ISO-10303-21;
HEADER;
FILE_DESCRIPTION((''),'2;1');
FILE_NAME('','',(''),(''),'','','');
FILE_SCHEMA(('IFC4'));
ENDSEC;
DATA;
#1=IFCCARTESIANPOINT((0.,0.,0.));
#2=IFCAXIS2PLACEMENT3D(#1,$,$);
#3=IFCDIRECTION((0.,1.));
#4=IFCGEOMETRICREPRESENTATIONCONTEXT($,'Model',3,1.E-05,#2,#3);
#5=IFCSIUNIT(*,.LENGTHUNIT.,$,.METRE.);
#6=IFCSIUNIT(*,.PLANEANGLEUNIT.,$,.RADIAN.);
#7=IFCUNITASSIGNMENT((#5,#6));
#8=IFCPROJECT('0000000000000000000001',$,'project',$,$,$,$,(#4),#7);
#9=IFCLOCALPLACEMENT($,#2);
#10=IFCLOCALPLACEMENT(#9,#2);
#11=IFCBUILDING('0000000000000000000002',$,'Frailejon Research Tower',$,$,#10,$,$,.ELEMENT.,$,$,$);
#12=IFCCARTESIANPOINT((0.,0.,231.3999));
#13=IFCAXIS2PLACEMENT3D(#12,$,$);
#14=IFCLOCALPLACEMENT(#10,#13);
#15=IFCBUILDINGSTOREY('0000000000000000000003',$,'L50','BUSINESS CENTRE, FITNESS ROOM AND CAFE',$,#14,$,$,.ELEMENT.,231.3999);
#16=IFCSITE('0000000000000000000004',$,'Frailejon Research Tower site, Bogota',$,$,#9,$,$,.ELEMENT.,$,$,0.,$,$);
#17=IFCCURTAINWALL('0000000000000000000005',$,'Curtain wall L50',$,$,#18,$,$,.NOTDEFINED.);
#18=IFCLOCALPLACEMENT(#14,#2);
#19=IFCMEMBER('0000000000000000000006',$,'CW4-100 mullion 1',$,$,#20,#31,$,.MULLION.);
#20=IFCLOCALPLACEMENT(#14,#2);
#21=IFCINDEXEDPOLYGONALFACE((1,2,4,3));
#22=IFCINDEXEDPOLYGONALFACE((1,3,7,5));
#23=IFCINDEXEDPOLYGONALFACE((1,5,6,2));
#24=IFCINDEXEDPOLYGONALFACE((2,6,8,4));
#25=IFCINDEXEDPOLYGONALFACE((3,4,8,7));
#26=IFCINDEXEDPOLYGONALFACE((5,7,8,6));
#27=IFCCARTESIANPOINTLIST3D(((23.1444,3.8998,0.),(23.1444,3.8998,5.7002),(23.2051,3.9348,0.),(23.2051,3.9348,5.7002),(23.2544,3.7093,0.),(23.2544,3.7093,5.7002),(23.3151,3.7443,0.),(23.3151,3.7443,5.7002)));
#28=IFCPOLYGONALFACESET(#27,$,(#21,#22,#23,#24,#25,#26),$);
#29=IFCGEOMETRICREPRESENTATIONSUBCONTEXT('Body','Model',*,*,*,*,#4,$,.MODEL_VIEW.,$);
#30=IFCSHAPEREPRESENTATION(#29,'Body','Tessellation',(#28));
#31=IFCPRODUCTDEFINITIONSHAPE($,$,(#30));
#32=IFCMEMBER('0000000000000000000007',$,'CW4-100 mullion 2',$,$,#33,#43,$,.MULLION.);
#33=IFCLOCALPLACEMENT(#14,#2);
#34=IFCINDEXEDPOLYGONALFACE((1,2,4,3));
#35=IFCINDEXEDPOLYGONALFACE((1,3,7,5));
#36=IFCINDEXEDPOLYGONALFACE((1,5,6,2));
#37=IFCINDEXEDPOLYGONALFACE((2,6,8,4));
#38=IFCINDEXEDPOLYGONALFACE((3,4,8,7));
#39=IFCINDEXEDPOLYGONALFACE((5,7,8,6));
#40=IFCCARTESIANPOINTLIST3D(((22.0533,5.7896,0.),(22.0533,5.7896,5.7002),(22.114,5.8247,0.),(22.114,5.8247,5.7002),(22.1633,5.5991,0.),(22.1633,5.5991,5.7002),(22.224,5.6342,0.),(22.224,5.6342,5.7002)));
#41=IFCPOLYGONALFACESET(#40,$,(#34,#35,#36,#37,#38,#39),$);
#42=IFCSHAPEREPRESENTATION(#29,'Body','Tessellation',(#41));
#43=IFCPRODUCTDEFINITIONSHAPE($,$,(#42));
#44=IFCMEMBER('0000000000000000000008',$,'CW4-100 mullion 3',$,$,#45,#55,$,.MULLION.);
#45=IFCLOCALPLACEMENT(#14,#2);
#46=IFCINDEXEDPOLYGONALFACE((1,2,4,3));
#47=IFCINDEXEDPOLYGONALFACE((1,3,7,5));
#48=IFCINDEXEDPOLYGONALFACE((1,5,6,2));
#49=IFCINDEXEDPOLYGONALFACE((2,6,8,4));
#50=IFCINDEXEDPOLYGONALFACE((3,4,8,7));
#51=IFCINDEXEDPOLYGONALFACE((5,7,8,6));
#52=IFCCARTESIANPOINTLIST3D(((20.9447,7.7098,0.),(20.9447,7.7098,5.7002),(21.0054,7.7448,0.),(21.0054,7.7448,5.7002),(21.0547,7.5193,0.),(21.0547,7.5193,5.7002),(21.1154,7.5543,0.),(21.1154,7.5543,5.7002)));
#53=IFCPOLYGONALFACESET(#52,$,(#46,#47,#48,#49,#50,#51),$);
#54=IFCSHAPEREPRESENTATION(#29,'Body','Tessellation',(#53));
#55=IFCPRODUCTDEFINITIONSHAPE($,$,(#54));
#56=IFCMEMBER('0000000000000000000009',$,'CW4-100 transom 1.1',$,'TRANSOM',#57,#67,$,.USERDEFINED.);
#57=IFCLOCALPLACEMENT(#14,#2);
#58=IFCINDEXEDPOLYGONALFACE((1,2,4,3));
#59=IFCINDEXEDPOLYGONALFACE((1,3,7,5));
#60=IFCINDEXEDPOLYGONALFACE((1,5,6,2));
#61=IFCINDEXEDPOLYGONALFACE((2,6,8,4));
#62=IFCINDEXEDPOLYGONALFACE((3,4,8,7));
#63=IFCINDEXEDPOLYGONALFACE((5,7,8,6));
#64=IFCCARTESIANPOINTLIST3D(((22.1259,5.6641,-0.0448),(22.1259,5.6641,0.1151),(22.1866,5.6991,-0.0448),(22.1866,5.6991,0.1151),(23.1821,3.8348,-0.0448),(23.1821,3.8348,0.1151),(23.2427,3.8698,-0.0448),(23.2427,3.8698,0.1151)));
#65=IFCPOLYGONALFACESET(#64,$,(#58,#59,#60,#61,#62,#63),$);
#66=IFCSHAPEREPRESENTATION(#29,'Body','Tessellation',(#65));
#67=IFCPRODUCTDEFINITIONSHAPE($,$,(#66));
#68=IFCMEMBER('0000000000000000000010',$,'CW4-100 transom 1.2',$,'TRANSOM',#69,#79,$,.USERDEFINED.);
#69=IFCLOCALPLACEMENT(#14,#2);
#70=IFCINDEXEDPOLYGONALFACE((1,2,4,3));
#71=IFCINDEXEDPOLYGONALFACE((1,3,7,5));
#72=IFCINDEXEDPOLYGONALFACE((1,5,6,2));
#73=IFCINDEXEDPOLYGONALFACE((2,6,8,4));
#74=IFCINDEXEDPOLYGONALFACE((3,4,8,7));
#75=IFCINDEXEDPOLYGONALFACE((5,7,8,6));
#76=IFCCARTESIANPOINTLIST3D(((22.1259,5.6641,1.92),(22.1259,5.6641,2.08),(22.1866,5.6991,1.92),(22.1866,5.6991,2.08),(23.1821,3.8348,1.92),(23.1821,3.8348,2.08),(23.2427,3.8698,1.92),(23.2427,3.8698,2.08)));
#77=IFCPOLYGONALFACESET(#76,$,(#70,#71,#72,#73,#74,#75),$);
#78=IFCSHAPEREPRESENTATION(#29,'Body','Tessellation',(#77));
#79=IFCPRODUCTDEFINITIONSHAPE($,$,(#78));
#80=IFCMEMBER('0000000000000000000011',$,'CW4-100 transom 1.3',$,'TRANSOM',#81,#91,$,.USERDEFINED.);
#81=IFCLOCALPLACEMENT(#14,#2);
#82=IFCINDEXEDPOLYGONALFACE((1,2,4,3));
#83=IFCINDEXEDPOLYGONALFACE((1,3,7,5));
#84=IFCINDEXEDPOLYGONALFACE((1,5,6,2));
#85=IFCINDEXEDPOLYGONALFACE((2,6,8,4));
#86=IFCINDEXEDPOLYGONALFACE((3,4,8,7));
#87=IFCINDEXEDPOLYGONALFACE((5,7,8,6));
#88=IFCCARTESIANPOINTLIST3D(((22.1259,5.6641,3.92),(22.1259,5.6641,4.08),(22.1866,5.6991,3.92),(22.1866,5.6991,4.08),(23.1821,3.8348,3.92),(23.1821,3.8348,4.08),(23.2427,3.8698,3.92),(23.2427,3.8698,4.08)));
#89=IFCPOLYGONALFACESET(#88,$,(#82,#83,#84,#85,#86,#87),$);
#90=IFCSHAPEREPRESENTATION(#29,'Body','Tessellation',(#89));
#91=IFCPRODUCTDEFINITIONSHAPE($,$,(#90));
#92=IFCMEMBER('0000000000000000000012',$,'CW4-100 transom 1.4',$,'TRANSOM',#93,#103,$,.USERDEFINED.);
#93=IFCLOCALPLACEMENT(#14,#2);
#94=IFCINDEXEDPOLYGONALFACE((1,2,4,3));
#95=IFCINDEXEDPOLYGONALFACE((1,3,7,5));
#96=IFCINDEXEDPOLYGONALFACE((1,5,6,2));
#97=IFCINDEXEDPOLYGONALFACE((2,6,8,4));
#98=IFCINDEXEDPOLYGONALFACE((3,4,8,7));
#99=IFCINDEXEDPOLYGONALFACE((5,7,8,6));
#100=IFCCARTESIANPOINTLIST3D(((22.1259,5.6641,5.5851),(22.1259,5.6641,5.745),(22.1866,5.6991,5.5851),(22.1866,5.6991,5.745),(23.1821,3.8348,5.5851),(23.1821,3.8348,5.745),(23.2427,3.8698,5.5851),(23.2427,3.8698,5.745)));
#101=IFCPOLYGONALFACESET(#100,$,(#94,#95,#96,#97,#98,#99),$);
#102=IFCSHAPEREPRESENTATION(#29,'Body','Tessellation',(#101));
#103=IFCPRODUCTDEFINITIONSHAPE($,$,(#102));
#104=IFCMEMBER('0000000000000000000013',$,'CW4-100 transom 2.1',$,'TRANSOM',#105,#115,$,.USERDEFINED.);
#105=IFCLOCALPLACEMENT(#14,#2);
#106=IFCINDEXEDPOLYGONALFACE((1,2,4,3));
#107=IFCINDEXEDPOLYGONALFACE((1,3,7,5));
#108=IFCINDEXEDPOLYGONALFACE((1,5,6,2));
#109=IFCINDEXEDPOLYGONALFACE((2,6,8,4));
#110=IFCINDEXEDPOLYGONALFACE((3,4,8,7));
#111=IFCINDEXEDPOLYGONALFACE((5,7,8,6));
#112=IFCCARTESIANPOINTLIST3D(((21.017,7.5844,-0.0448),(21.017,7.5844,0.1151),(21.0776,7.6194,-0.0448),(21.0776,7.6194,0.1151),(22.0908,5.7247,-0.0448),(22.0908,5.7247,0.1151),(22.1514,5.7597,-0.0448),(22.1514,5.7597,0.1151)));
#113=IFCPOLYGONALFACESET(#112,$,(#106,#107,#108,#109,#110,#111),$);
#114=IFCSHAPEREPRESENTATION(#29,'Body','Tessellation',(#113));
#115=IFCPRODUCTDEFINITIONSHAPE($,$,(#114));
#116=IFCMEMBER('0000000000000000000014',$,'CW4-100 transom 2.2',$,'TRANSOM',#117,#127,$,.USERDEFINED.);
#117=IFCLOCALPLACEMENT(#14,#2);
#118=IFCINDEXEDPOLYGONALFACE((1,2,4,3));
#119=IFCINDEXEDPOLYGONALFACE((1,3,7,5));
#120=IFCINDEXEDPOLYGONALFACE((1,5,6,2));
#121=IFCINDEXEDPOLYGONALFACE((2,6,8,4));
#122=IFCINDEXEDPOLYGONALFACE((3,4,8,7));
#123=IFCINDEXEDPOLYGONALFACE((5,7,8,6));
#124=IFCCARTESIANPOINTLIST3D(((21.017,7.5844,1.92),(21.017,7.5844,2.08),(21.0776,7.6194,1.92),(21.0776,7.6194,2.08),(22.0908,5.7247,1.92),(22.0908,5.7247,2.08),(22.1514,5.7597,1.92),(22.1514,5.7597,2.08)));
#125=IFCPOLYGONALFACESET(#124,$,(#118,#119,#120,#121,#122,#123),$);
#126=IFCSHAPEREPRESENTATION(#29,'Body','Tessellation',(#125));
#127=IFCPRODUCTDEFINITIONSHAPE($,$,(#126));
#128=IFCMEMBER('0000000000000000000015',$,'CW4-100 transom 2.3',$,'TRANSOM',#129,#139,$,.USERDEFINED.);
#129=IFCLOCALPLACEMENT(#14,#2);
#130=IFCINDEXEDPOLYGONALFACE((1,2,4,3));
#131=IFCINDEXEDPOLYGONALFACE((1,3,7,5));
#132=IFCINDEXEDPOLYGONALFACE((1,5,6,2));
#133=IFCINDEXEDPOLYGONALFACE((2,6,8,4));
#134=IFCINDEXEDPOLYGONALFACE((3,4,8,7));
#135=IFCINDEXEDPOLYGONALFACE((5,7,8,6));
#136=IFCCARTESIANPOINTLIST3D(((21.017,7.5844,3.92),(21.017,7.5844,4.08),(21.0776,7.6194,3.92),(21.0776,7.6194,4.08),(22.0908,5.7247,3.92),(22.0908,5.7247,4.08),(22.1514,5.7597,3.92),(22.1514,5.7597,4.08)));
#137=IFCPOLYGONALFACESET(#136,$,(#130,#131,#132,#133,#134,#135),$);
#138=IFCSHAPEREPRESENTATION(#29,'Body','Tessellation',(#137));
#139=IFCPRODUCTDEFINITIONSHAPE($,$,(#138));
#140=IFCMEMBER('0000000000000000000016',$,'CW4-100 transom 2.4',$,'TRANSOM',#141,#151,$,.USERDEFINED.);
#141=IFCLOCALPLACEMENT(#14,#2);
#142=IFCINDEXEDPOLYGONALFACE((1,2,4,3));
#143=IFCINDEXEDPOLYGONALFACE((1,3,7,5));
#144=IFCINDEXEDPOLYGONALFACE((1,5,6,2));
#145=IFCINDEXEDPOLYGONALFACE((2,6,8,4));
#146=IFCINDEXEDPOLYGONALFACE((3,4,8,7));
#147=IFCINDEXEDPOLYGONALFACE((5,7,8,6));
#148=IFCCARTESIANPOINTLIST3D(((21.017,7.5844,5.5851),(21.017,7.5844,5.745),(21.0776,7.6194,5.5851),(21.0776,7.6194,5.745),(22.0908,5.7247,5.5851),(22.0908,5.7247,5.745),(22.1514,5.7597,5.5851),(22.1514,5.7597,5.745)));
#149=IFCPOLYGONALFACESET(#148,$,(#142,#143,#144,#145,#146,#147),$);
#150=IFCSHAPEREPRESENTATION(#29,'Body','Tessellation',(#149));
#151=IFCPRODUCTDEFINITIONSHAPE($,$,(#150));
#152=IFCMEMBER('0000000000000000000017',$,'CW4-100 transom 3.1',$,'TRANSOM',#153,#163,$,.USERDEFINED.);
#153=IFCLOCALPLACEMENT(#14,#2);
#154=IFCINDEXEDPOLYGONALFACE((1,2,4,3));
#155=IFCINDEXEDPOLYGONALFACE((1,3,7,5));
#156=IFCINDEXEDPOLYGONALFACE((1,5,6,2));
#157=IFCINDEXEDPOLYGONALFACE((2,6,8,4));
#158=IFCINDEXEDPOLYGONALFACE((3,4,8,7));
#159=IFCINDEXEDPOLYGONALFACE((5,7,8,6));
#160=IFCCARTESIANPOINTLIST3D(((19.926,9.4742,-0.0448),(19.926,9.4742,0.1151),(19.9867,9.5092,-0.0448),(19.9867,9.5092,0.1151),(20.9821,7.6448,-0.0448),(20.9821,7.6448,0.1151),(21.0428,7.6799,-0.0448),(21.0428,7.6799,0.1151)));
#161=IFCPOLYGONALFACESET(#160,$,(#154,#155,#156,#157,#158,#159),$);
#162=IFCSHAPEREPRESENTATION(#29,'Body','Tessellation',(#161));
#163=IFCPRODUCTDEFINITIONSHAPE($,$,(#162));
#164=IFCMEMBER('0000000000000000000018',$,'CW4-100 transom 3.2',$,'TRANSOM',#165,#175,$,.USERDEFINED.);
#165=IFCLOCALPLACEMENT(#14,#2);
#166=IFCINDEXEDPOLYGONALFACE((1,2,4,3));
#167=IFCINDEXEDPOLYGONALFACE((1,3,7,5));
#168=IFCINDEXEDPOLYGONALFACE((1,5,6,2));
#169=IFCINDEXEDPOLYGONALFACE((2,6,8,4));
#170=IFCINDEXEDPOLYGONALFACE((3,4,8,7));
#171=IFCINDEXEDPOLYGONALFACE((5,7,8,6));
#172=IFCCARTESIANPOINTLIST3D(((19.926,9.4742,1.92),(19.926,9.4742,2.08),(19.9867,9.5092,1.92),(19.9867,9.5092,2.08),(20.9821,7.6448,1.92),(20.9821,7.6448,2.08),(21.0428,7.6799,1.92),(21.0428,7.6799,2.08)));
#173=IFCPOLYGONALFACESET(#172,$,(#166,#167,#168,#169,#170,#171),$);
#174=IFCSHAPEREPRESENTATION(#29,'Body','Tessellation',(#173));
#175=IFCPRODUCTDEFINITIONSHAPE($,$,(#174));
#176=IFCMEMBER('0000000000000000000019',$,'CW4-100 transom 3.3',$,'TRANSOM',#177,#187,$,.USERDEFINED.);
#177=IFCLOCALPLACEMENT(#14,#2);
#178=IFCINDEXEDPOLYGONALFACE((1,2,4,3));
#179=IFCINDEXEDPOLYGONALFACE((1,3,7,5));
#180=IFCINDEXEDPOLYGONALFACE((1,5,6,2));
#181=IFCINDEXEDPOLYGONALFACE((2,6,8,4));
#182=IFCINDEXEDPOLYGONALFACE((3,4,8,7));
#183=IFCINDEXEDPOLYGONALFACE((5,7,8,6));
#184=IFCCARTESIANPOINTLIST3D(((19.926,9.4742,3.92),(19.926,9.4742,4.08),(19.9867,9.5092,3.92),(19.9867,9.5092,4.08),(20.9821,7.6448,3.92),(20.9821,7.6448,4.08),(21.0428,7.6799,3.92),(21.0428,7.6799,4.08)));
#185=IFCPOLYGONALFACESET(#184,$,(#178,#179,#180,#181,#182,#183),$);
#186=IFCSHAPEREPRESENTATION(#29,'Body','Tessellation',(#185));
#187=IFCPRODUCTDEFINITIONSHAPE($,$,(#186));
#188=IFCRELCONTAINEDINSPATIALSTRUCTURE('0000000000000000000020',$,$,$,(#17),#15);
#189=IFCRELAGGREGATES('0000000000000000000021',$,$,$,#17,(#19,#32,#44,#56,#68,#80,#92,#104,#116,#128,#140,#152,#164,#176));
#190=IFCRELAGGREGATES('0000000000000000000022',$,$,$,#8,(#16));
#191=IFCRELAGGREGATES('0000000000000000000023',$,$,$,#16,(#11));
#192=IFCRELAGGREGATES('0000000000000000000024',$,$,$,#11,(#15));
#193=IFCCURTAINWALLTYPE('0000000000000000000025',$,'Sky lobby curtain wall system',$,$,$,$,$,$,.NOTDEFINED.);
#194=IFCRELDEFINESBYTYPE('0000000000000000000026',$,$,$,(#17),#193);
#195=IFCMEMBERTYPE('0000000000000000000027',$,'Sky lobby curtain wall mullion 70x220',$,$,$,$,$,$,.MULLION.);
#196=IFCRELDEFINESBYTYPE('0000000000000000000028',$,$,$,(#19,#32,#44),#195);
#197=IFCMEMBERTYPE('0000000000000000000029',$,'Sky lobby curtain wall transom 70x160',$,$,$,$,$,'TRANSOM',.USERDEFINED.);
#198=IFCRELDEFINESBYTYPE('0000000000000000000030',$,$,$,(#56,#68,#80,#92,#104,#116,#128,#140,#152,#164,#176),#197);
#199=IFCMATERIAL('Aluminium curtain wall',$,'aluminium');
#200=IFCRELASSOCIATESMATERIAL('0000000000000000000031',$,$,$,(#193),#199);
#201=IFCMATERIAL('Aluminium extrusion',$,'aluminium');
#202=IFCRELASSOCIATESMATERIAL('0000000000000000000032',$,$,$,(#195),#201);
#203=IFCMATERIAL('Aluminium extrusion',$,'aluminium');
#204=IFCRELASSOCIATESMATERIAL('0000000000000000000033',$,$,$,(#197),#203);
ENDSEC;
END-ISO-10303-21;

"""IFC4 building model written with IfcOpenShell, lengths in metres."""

from ifc_helpers import new_model, si_unit, direction, frame, origin, origin_2d, place, context, subcontext, project, spatial, rectangle, extrude, material, material_profile, profile_set, type_object, element, aggregate, save


model = new_model("IFC4")

# Units and contexts
model_context = context("Model", 3, precision=1e-05, world=origin(), true_north=direction((0.0, 1.0)))
body_context = subcontext(model_context, "Body", "Model", "MODEL_VIEW")
ifc_project = project(units=[si_unit("LENGTHUNIT", "METRE"), si_unit("PLANEANGLEUNIT", "RADIAN")], contexts=[model_context])

# Site, building, storey
site_placement = place(None, origin())
site = spatial("IfcSite", under=ifc_project, at=site_placement, Name="Frailejon Research Tower site, Bogota", CompositionType="ELEMENT", RefElevation=0.0)
building_placement = place(site_placement, origin())
building = spatial("IfcBuilding", under=site, at=building_placement, Name="Frailejon Research Tower", CompositionType="ELEMENT")
storey_placement = place(building_placement, frame((0.0, 0.0, 231.3999)))
storey = spatial("IfcBuildingStorey", under=building, at=storey_placement, Name="L50", Description="BUSINESS CENTRE, FITNESS ROOM AND CAFE", CompositionType="ELEMENT", Elevation=231.3999)

# Curtain wall, members
ifc_material_1 = material(Name="Aluminium curtain wall", Category="aluminium")
curtain_wall_type = type_object("IfcCurtainWallType", Name="Sky lobby curtain wall system", PredefinedType="NOTDEFINED", material=ifc_material_1)
curtain_wall_placement = place(storey_placement, origin())
curtain_wall = element("IfcCurtainWall", 1, at=curtain_wall_placement, inside=storey, type_object=curtain_wall_type, Name="Curtain wall L50", PredefinedType="NOTDEFINED")
ifc_material_2 = material(Name="Aluminium extrusion", Category="aluminium")
ifc_material_profile_1 = material_profile(ifc_material_2, rectangle(XDim=0.0701, YDim=0.22, at=origin_2d()), Name="Sky lobby curtain wall mullion 70x220")
ifc_profile_set_1 = profile_set([ifc_material_profile_1], Name="Aluminium extrusion")
member_type_1 = type_object("IfcMemberType", Name="Sky lobby curtain wall mullion 70x220", PredefinedType="MULLION", material=ifc_profile_set_1)
member_1_placement = place(storey_placement, frame((23.2297, 3.822, 0.0), z_axis=(0.0, 0.0, 1.0), x_axis=(-0.866025, -0.5, 0.0)))
member_1 = element("IfcMember", 2, at=member_1_placement, type_object=member_type_1, Name="CW4-100 mullion 1", PredefinedType="MULLION", context=body_context, shape_type="SweptSolid", body=[
    extrude(rectangle(XDim=0.0701, YDim=0.22, at=origin_2d()), origin(), (0.0, 0.0, 1.0), 5.7002),
])
member_2_placement = place(storey_placement, frame((22.1387, 5.7119, 0.0), z_axis=(0.0, 0.0, 1.0), x_axis=(-0.866025, -0.5, 0.0)))
member_2 = element("IfcMember", 3, at=member_2_placement, type_object=member_type_1, Name="CW4-100 mullion 2", PredefinedType="MULLION", context=body_context, shape_type="SweptSolid", body=[
    extrude(rectangle(XDim=0.0701, YDim=0.22, at=origin_2d()), origin(), (0.0, 0.0, 1.0), 5.7002),
])
member_3_placement = place(storey_placement, frame((21.03, 7.6321, 0.0), z_axis=(0.0, 0.0, 1.0), x_axis=(-0.866025, -0.5, 0.0)))
member_3 = element("IfcMember", 4, at=member_3_placement, type_object=member_type_1, Name="CW4-100 mullion 3", PredefinedType="MULLION", context=body_context, shape_type="SweptSolid", body=[
    extrude(rectangle(XDim=0.0701, YDim=0.22, at=origin_2d()), origin(), (0.0, 0.0, 1.0), 5.7002),
])
ifc_material_3 = material(Name="Aluminium extrusion", Category="aluminium")
ifc_material_profile_2 = material_profile(ifc_material_3, rectangle(XDim=0.0701, YDim=0.1599, at=origin_2d()), Name="Sky lobby curtain wall transom 70x160")
ifc_profile_set_2 = profile_set([ifc_material_profile_2], Name="Aluminium extrusion")
member_type_2 = type_object("IfcMemberType", Name="Sky lobby curtain wall transom 70x160", ElementType="TRANSOM", PredefinedType="USERDEFINED", material=ifc_profile_set_2)
member_4_placement = place(storey_placement, frame((23.2124, 3.8523, 0.0352), z_axis=(-0.499993, 0.86603, 0.0), x_axis=(-0.86603, -0.499993, 0.0)))
member_4 = element("IfcMember", 5, at=member_4_placement, type_object=member_type_2, Name="CW4-100 transom 1.1", ObjectType="TRANSOM", PredefinedType="USERDEFINED", context=body_context, shape_type="SweptSolid", body=[
    extrude(rectangle(XDim=0.0701, YDim=0.1599, at=origin_2d()), origin(), (0.0, 0.0, 1.0), 2.1123),
])
member_5_placement = place(storey_placement, frame((23.2124, 3.8523, 2.0), z_axis=(-0.499993, 0.86603, 0.0), x_axis=(-0.86603, -0.499993, 0.0)))
member_5 = element("IfcMember", 6, at=member_5_placement, type_object=member_type_2, Name="CW4-100 transom 1.2", ObjectType="TRANSOM", PredefinedType="USERDEFINED", context=body_context, shape_type="SweptSolid", body=[
    extrude(rectangle(XDim=0.0701, YDim=0.1599, at=origin_2d()), origin(), (0.0, 0.0, 1.0), 2.1123),
])
member_6_placement = place(storey_placement, frame((23.2124, 3.8523, 4.0), z_axis=(-0.499993, 0.86603, 0.0), x_axis=(-0.86603, -0.499993, 0.0)))
member_6 = element("IfcMember", 7, at=member_6_placement, type_object=member_type_2, Name="CW4-100 transom 1.3", ObjectType="TRANSOM", PredefinedType="USERDEFINED", context=body_context, shape_type="SweptSolid", body=[
    extrude(rectangle(XDim=0.0701, YDim=0.1599, at=origin_2d()), origin(), (0.0, 0.0, 1.0), 2.1123),
])
member_7_placement = place(storey_placement, frame((23.2124, 3.8523, 5.665), z_axis=(-0.499993, 0.86603, 0.0), x_axis=(-0.86603, -0.499993, 0.0)))
member_7 = element("IfcMember", 8, at=member_7_placement, type_object=member_type_2, Name="CW4-100 transom 1.4", ObjectType="TRANSOM", PredefinedType="USERDEFINED", context=body_context, shape_type="SweptSolid", body=[
    extrude(rectangle(XDim=0.0701, YDim=0.1599, at=origin_2d()), origin(), (0.0, 0.0, 1.0), 2.1123),
])
member_8_placement = place(storey_placement, frame((22.1211, 5.7422, 0.0352), z_axis=(-0.500028, 0.86601, 0.0), x_axis=(-0.86601, -0.500028, 0.0)))
member_8 = element("IfcMember", 9, at=member_8_placement, type_object=member_type_2, Name="CW4-100 transom 2.1", ObjectType="TRANSOM", PredefinedType="USERDEFINED", context=body_context, shape_type="SweptSolid", body=[
    extrude(rectangle(XDim=0.0701, YDim=0.1599, at=origin_2d()), origin(), (0.0, 0.0, 1.0), 2.1475),
])
member_9_placement = place(storey_placement, frame((22.1211, 5.7422, 2.0), z_axis=(-0.500028, 0.86601, 0.0), x_axis=(-0.86601, -0.500028, 0.0)))
member_9 = element("IfcMember", 10, at=member_9_placement, type_object=member_type_2, Name="CW4-100 transom 2.2", ObjectType="TRANSOM", PredefinedType="USERDEFINED", context=body_context, shape_type="SweptSolid", body=[
    extrude(rectangle(XDim=0.0701, YDim=0.1599, at=origin_2d()), origin(), (0.0, 0.0, 1.0), 2.1475),
])
member_10_placement = place(storey_placement, frame((22.1211, 5.7422, 4.0), z_axis=(-0.500028, 0.86601, 0.0), x_axis=(-0.86601, -0.500028, 0.0)))
member_10 = element("IfcMember", 11, at=member_10_placement, type_object=member_type_2, Name="CW4-100 transom 2.3", ObjectType="TRANSOM", PredefinedType="USERDEFINED", context=body_context, shape_type="SweptSolid", body=[
    extrude(rectangle(XDim=0.0701, YDim=0.1599, at=origin_2d()), origin(), (0.0, 0.0, 1.0), 2.1475),
])
member_11_placement = place(storey_placement, frame((22.1211, 5.7422, 5.665), z_axis=(-0.500028, 0.86601, 0.0), x_axis=(-0.86601, -0.500028, 0.0)))
member_11 = element("IfcMember", 12, at=member_11_placement, type_object=member_type_2, Name="CW4-100 transom 2.4", ObjectType="TRANSOM", PredefinedType="USERDEFINED", context=body_context, shape_type="SweptSolid", body=[
    extrude(rectangle(XDim=0.0701, YDim=0.1599, at=origin_2d()), origin(), (0.0, 0.0, 1.0), 2.1475),
])
member_12_placement = place(storey_placement, frame((21.0125, 7.6624, 0.0352), z_axis=(-0.499993, 0.86603, 0.0), x_axis=(-0.86603, -0.499993, 0.0)))
member_12 = element("IfcMember", 13, at=member_12_placement, type_object=member_type_2, Name="CW4-100 transom 3.1", ObjectType="TRANSOM", PredefinedType="USERDEFINED", context=body_context, shape_type="SweptSolid", body=[
    extrude(rectangle(XDim=0.0701, YDim=0.1599, at=origin_2d()), origin(), (0.0, 0.0, 1.0), 2.1123),
])
member_13_placement = place(storey_placement, frame((21.0125, 7.6624, 2.0), z_axis=(-0.499993, 0.86603, 0.0), x_axis=(-0.86603, -0.499993, 0.0)))
member_13 = element("IfcMember", 14, at=member_13_placement, type_object=member_type_2, Name="CW4-100 transom 3.2", ObjectType="TRANSOM", PredefinedType="USERDEFINED", context=body_context, shape_type="SweptSolid", body=[
    extrude(rectangle(XDim=0.0701, YDim=0.1599, at=origin_2d()), origin(), (0.0, 0.0, 1.0), 2.1123),
])
member_14_placement = place(storey_placement, frame((21.0125, 7.6624, 4.0), z_axis=(-0.499993, 0.86603, 0.0), x_axis=(-0.86603, -0.499993, 0.0)))
member_14 = element("IfcMember", 15, at=member_14_placement, type_object=member_type_2, Name="CW4-100 transom 3.3", ObjectType="TRANSOM", PredefinedType="USERDEFINED", context=body_context, shape_type="SweptSolid", body=[
    extrude(rectangle(XDim=0.0701, YDim=0.1599, at=origin_2d()), origin(), (0.0, 0.0, 1.0), 2.1123),
])
aggregate(curtain_wall, [member_1, member_2, member_3, member_4, member_5, member_6, member_7, member_8, member_9, member_10, member_11, member_12, member_13, member_14])

save(model, "model.ifc")
